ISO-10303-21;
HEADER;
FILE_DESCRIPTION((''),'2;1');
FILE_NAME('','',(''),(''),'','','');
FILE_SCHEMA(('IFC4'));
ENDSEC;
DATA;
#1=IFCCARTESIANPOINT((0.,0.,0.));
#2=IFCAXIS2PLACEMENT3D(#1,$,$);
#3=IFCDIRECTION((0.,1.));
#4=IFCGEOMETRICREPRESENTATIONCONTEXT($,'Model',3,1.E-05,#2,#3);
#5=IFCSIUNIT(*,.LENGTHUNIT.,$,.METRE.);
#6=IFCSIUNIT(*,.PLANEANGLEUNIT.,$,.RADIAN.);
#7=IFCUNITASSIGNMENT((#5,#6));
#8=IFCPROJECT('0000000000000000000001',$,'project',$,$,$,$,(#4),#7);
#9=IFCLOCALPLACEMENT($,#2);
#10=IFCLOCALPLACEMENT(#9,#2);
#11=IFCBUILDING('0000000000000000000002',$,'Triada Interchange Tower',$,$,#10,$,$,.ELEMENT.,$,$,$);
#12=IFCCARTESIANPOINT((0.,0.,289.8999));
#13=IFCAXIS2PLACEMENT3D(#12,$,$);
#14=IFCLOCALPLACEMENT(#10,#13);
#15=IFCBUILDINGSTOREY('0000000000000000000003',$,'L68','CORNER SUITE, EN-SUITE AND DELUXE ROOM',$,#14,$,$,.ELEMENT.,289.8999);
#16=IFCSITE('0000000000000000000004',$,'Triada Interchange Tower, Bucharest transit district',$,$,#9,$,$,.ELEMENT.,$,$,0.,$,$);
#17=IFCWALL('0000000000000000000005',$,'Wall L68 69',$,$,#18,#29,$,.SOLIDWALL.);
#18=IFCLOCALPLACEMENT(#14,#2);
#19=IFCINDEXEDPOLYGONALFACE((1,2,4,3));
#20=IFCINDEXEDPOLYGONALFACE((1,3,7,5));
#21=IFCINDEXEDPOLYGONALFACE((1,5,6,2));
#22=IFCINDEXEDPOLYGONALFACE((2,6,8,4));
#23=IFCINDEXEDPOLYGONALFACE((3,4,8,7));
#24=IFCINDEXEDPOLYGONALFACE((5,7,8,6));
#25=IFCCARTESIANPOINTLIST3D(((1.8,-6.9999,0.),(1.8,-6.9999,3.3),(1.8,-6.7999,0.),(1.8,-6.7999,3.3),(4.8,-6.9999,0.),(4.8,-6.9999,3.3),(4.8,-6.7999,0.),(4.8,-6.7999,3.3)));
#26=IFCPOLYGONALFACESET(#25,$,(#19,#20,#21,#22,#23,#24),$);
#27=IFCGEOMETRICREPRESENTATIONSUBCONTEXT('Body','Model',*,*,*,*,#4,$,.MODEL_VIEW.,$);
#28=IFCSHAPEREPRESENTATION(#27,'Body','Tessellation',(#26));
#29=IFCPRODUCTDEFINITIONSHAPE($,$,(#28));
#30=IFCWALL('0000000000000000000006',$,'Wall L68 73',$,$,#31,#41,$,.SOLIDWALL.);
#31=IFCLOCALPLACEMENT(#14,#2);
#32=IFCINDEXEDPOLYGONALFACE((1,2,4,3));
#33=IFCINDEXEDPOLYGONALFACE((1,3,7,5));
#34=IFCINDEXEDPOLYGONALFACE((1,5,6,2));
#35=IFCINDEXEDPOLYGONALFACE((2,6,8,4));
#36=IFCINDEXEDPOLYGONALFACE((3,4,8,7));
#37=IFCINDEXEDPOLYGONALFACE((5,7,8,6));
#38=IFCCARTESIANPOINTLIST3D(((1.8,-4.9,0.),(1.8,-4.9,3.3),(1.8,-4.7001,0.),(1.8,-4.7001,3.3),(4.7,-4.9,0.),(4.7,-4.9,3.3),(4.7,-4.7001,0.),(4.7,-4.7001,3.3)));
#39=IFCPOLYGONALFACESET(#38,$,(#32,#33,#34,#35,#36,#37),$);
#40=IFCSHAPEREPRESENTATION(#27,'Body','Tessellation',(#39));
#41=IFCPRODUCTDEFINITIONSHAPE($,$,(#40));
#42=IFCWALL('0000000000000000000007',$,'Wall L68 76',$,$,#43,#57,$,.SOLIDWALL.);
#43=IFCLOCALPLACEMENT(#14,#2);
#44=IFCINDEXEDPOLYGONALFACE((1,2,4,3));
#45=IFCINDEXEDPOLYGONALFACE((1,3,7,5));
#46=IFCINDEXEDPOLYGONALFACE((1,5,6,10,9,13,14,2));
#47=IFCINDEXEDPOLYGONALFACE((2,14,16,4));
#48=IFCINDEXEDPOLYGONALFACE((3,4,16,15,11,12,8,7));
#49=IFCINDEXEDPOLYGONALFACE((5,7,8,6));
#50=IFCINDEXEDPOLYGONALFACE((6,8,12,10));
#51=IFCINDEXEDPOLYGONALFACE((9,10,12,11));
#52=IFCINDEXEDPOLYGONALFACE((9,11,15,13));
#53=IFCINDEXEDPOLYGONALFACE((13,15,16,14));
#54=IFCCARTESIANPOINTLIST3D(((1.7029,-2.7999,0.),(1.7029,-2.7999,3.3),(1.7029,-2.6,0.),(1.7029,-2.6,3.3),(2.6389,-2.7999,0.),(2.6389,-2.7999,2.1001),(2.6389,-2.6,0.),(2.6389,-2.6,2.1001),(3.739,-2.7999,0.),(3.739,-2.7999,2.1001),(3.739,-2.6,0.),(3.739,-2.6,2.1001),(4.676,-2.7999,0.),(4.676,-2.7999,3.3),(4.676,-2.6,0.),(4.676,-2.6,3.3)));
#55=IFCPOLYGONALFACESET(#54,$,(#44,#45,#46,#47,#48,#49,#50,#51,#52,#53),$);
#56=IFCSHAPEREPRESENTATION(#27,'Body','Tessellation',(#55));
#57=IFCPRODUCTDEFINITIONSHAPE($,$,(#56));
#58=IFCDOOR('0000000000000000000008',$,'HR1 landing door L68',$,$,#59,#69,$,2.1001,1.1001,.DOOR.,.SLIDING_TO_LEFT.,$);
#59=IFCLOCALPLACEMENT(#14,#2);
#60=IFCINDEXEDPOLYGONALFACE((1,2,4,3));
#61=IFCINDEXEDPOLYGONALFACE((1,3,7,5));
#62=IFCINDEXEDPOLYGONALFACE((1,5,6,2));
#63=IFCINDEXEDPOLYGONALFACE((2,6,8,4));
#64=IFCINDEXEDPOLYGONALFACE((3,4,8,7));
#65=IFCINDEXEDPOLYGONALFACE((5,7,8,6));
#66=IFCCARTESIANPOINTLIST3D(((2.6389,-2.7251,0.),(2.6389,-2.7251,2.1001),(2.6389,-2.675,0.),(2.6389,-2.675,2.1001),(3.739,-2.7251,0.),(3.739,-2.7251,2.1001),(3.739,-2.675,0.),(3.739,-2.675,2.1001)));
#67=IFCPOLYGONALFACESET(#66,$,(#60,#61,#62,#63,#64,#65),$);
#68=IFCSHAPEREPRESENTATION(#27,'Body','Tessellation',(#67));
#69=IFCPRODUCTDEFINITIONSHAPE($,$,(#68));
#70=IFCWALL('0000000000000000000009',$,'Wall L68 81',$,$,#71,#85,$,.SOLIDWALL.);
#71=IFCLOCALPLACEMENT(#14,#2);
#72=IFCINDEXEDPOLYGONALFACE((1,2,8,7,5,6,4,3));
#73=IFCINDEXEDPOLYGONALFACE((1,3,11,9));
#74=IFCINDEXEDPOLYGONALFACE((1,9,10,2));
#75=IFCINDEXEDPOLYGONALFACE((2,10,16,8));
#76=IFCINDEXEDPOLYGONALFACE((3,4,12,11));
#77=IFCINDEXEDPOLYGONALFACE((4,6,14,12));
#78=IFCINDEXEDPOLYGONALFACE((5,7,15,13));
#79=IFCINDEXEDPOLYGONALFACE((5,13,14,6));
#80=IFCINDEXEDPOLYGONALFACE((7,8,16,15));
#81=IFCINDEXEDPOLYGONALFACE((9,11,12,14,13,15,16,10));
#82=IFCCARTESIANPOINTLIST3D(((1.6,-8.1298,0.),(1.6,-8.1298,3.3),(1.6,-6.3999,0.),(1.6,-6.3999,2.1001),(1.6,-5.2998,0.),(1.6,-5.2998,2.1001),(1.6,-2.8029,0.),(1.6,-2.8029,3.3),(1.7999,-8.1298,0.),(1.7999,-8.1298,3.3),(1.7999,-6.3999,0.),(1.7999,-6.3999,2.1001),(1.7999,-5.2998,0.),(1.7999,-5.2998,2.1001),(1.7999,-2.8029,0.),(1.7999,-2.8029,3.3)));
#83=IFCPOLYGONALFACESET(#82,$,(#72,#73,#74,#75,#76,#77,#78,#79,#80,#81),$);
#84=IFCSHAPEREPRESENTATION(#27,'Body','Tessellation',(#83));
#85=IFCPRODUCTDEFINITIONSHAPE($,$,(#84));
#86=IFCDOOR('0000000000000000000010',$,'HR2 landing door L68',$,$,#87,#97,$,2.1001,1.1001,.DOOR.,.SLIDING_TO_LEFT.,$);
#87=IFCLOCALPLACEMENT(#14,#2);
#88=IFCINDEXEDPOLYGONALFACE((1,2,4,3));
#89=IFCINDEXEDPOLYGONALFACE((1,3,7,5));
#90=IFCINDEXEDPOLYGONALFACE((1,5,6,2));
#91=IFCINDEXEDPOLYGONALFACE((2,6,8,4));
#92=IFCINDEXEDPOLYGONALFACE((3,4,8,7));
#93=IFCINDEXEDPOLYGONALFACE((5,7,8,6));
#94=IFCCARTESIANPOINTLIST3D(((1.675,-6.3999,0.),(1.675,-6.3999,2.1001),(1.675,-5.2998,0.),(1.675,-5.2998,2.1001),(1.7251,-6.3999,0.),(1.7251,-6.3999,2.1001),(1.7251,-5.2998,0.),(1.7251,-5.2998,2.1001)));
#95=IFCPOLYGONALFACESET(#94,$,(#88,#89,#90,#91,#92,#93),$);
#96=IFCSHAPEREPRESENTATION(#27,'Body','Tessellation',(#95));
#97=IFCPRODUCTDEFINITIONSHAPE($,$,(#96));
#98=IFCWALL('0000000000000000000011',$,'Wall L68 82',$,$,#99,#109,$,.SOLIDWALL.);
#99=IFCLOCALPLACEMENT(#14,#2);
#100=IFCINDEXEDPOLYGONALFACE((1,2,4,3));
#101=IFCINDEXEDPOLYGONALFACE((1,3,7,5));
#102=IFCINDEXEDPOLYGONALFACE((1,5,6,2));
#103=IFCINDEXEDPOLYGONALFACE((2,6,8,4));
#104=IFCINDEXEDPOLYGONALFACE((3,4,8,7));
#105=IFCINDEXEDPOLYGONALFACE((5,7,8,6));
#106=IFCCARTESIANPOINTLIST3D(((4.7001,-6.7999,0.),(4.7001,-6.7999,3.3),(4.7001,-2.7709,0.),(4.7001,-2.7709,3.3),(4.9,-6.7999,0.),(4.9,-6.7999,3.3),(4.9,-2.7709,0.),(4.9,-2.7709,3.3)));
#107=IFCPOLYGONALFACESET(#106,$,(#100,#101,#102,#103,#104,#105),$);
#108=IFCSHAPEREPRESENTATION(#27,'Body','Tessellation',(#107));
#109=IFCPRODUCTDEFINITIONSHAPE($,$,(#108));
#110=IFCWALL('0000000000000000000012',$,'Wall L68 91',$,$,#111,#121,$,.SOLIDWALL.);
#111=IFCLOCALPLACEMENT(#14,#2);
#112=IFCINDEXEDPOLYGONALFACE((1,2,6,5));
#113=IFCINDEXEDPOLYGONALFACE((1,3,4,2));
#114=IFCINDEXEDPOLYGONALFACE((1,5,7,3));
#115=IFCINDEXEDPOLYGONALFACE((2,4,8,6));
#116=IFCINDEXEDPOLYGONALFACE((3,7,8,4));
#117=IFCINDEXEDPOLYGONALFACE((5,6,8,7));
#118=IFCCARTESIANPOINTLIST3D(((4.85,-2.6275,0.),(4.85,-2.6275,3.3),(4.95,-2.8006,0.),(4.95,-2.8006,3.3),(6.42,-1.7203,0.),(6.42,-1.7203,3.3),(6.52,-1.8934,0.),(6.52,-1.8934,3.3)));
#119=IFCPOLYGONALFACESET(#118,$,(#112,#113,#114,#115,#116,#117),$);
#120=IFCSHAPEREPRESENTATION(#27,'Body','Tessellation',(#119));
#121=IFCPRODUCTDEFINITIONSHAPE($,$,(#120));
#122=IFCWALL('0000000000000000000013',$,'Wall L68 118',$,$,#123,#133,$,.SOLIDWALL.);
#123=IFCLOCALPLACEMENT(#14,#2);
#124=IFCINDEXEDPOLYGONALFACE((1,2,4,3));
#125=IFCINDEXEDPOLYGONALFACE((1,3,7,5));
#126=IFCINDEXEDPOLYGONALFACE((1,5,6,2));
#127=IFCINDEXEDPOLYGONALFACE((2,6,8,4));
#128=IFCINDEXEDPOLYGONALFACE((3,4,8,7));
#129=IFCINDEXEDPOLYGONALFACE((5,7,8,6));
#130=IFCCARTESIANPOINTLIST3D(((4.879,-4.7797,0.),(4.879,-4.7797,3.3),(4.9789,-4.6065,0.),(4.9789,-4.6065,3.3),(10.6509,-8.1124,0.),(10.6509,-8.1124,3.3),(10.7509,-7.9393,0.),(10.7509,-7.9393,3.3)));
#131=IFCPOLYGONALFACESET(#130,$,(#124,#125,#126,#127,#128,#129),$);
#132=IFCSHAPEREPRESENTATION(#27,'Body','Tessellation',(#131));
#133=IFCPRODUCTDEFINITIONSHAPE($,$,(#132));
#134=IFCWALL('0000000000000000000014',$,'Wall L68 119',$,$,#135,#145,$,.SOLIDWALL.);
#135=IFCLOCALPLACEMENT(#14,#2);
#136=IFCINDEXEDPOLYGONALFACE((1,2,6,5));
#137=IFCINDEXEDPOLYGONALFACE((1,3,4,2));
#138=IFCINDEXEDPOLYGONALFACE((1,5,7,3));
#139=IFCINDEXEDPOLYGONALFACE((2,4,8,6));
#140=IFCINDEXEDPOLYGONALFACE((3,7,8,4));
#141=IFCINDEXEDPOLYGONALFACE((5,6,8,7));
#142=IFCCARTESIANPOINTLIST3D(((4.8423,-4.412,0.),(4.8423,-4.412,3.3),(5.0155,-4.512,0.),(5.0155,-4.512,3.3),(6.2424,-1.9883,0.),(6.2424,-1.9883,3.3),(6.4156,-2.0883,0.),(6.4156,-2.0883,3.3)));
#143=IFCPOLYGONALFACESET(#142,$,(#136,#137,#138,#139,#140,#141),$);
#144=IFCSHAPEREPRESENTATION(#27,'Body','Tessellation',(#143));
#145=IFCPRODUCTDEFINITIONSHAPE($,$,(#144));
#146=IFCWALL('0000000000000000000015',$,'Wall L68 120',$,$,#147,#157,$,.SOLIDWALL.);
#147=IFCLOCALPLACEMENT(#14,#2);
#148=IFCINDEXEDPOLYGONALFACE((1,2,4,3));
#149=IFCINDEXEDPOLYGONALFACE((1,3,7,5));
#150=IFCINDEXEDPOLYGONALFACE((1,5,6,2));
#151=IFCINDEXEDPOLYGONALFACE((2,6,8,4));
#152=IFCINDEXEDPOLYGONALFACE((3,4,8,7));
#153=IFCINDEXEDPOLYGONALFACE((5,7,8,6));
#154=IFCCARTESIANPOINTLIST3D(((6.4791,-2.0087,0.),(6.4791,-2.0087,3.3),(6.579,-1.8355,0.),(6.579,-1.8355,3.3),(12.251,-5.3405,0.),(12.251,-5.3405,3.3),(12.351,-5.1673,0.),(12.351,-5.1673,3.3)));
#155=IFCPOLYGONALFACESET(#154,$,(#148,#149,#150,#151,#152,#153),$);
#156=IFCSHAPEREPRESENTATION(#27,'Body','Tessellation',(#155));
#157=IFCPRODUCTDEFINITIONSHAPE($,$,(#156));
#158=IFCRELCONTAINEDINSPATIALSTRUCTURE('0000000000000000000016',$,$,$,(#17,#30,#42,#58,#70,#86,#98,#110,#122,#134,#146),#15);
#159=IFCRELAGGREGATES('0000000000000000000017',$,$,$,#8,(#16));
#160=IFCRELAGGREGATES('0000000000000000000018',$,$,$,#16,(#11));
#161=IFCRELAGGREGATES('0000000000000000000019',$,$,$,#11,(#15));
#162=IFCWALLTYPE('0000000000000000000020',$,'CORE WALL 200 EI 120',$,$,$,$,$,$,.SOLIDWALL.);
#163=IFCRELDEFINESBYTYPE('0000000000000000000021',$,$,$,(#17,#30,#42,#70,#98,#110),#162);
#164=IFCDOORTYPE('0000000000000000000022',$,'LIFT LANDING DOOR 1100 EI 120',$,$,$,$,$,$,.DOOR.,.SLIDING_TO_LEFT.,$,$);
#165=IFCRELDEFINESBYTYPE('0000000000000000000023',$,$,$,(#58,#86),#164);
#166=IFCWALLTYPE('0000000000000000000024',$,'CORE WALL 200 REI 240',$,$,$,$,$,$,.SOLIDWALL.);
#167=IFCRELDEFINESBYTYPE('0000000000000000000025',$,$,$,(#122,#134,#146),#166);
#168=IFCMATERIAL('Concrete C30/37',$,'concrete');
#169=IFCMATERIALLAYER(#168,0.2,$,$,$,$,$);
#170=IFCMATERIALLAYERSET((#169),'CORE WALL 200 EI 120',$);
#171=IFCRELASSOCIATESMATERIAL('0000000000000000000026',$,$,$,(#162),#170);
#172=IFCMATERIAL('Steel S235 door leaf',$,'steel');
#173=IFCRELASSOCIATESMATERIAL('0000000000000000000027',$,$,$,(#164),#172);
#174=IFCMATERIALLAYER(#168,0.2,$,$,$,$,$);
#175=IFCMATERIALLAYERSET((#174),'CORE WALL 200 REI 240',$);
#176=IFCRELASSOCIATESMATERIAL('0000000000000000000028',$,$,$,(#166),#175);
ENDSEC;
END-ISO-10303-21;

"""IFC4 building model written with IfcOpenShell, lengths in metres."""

from ifc_helpers import new_model, si_unit, direction, frame, frame_2d, origin, place, context, subcontext, project, spatial, rectangle, extrude, material, layer, layer_set, type_object, element, fill, save


model = new_model("IFC4")

# Units and contexts
model_context = context("Model", 3, precision=1e-05, world=origin(), true_north=direction((0.0, 1.0)))
body_context = subcontext(model_context, "Body", "Model", "MODEL_VIEW")
ifc_project = project(units=[si_unit("LENGTHUNIT", "METRE"), si_unit("PLANEANGLEUNIT", "RADIAN")], contexts=[model_context])

# Site, building, storey
site_placement = place(None, origin())
site = spatial("IfcSite", under=ifc_project, at=site_placement, Name="Triada Interchange Tower, Bucharest transit district", CompositionType="ELEMENT", RefElevation=0.0)
building_placement = place(site_placement, origin())
building = spatial("IfcBuilding", under=site, at=building_placement, Name="Triada Interchange Tower", CompositionType="ELEMENT")
storey_placement = place(building_placement, frame((0.0, 0.0, 289.8999)))
storey = spatial("IfcBuildingStorey", under=building, at=storey_placement, Name="L68", Description="CORNER SUITE, EN-SUITE AND DELUXE ROOM", CompositionType="ELEMENT", Elevation=289.8999)

# Walls
ifc_material_1 = material(Name="Concrete C30/37", Category="concrete")
ifc_layer_1 = layer(ifc_material_1, 0.2)
ifc_layer_set_1 = layer_set([ifc_layer_1], Name="CORE WALL 200 EI 120")
wall_type_1 = type_object("IfcWallType", Name="CORE WALL 200 EI 120", PredefinedType="SOLIDWALL", material=ifc_layer_set_1)
wall_1_placement = place(storey_placement, frame((1.8, -6.8999, 0.0), z_axis=(0.0, 0.0, 1.0), x_axis=(1.0, 0.0, 0.0)))
element("IfcWall", 1, at=wall_1_placement, inside=storey, type_object=wall_type_1, Name="Wall L68 69", PredefinedType="SOLIDWALL", context=body_context, shape_type="SweptSolid", body=[
    extrude(rectangle(XDim=3.0, YDim=0.2, at=frame_2d((1.5, 0.0))), origin(), (0.0, 0.0, 1.0), 3.3),
])
wall_2_placement = place(storey_placement, frame((1.8, -4.8, 0.0), z_axis=(0.0, 0.0, 1.0), x_axis=(1.0, 0.0, 0.0)))
element("IfcWall", 2, at=wall_2_placement, inside=storey, type_object=wall_type_1, Name="Wall L68 73", PredefinedType="SOLIDWALL", context=body_context, shape_type="SweptSolid", body=[
    extrude(rectangle(XDim=2.8999, YDim=0.2, at=frame_2d((1.45, 0.0))), origin(), (0.0, 0.0, 1.0), 3.3),
])

# Walls, openings, doors
wall_3_placement = place(storey_placement, frame((1.7029, -2.7, 0.0), z_axis=(0.0, 0.0, 1.0), x_axis=(1.0, 0.0, 0.0)))
wall_3 = element("IfcWall", 3, at=wall_3_placement, inside=storey, type_object=wall_type_1, Name="Wall L68 76", PredefinedType="SOLIDWALL", context=body_context, shape_type="SweptSolid", body=[
    extrude(rectangle(XDim=2.9731, YDim=0.2, at=frame_2d((1.4866, 0.0))), origin(), (0.0, 0.0, 1.0), 3.3),
])
opening_1_placement = place(wall_3_placement, frame((0.936, 0.0, 0.0)))
opening_1 = element("IfcOpeningElement", 4, at=opening_1_placement, cuts=wall_3, PredefinedType="OPENING", context=body_context, shape_type="SweptSolid", body=[
    extrude(rectangle(XDim=1.1001, YDim=2.1001, at=frame_2d((0.55, 1.05))), frame((0.0, 0.1099, 0.0), z_axis=(0.0, -1.0, 0.0), x_axis=(1.0, 0.0, 0.0)), (0.0, 0.0, 1.0), 0.22),
])
ifc_material_2 = material(Name="Steel S235 door leaf", Category="steel")
door_type_1 = type_object("IfcDoorType", Name="LIFT LANDING DOOR 1100 EI 120", OperationType="SLIDING_TO_LEFT", PredefinedType="DOOR", material=ifc_material_2)
door_1_placement = place(opening_1_placement, origin())
door_1 = element("IfcDoor", 5, at=door_1_placement, inside=storey, type_object=door_type_1, Name="HR1 landing door L68", OperationType="SLIDING_TO_LEFT", OverallHeight=2.1001, OverallWidth=1.1001, PredefinedType="DOOR", context=body_context, shape_type="SweptSolid", body=[
    extrude(rectangle(XDim=1.1001, YDim=2.1001, at=frame_2d((0.55, 1.05))), frame((0.0, 0.0249, 0.0), z_axis=(0.0, -1.0, 0.0), x_axis=(1.0, 0.0, 0.0)), (0.0, 0.0, 1.0), 0.05),
])
fill(opening_1, door_1)
wall_4_placement = place(storey_placement, frame((1.7, -8.1299, 0.0), z_axis=(0.0, 0.0, 1.0), x_axis=(0.0, 1.0, 0.0)))
wall_4 = element("IfcWall", 6, at=wall_4_placement, inside=storey, type_object=wall_type_1, Name="Wall L68 81", PredefinedType="SOLIDWALL", context=body_context, shape_type="SweptSolid", body=[
    extrude(rectangle(XDim=5.3269, YDim=0.2, at=frame_2d((2.6636, 0.0))), origin(), (0.0, 0.0, 1.0), 3.3),
])
opening_2_placement = place(wall_4_placement, frame((1.73, 0.0, 0.0)))
opening_2 = element("IfcOpeningElement", 7, at=opening_2_placement, cuts=wall_4, PredefinedType="OPENING", context=body_context, shape_type="SweptSolid", body=[
    extrude(rectangle(XDim=1.1001, YDim=2.1001, at=frame_2d((0.55, 1.05))), frame((0.0, 0.1099, 0.0), z_axis=(0.0, -1.0, 0.0), x_axis=(1.0, 0.0, 0.0)), (0.0, 0.0, 1.0), 0.22),
])
door_2_placement = place(opening_2_placement, origin())
door_2 = element("IfcDoor", 8, at=door_2_placement, inside=storey, type_object=door_type_1, Name="HR2 landing door L68", OperationType="SLIDING_TO_LEFT", OverallHeight=2.1001, OverallWidth=1.1001, PredefinedType="DOOR", context=body_context, shape_type="SweptSolid", body=[
    extrude(rectangle(XDim=1.1001, YDim=2.1001, at=frame_2d((0.55, 1.05))), frame((0.0, 0.0249, 0.0), z_axis=(0.0, -1.0, 0.0), x_axis=(1.0, 0.0, 0.0)), (0.0, 0.0, 1.0), 0.05),
])
fill(opening_2, door_2)

# Walls
wall_5_placement = place(storey_placement, frame((4.8, -6.8, 0.0), z_axis=(0.0, 0.0, 1.0), x_axis=(0.0, 1.0, 0.0)))
element("IfcWall", 9, at=wall_5_placement, inside=storey, type_object=wall_type_1, Name="Wall L68 82", PredefinedType="SOLIDWALL", context=body_context, shape_type="SweptSolid", body=[
    extrude(rectangle(XDim=4.0291, YDim=0.2, at=frame_2d((2.0146, 0.0))), origin(), (0.0, 0.0, 1.0), 3.3),
])
wall_6_placement = place(storey_placement, frame((4.8999, -2.7141, 0.0), z_axis=(0.0, 0.0, 1.0), x_axis=(0.865847, 0.500309, 0.0)))
element("IfcWall", 10, at=wall_6_placement, inside=storey, type_object=wall_type_1, Name="Wall L68 91", PredefinedType="SOLIDWALL", context=body_context, shape_type="SweptSolid", body=[
    extrude(rectangle(XDim=1.8132, YDim=0.2, at=frame_2d((0.9067, 0.0))), origin(), (0.0, 0.0, 1.0), 3.3),
])
ifc_layer_2 = layer(ifc_material_1, 0.2)
ifc_layer_set_2 = layer_set([ifc_layer_2], Name="CORE WALL 200 REI 240")
wall_type_2 = type_object("IfcWallType", Name="CORE WALL 200 REI 240", PredefinedType="SOLIDWALL", material=ifc_layer_set_2)
wall_7_placement = place(storey_placement, frame((4.929, -4.6931, 0.0), z_axis=(0.0, 0.0, 1.0), x_axis=(0.866005, -0.500035, 0.0)))
element("IfcWall", 11, at=wall_7_placement, inside=storey, type_object=wall_type_2, Name="Wall L68 118", PredefinedType="SOLIDWALL", context=body_context, shape_type="SweptSolid", body=[
    extrude(rectangle(XDim=6.665, YDim=0.2, at=frame_2d((3.3325, 0.0))), origin(), (0.0, 0.0, 1.0), 3.3),
])
wall_8_placement = place(storey_placement, frame((4.929, -4.4619, 0.0), z_axis=(0.0, 0.0, 1.0), x_axis=(0.500201, 0.86591, 0.0)))
element("IfcWall", 12, at=wall_8_placement, inside=storey, type_object=wall_type_2, Name="Wall L68 119", PredefinedType="SOLIDWALL", context=body_context, shape_type="SweptSolid", body=[
    extrude(rectangle(XDim=2.7991, YDim=0.2, at=frame_2d((1.3994, 0.0))), origin(), (0.0, 0.0, 1.0), 3.3),
])
wall_9_placement = place(storey_placement, frame((6.5291, -1.9221, 0.0), z_axis=(0.0, 0.0, 1.0), x_axis=(0.866068, -0.499925, 0.0)))
element("IfcWall", 13, at=wall_9_placement, inside=storey, type_object=wall_type_2, Name="Wall L68 120", PredefinedType="SOLIDWALL", context=body_context, shape_type="SweptSolid", body=[
    extrude(rectangle(XDim=6.6646, YDim=0.2, at=frame_2d((3.3323, 0.0))), origin(), (0.0, 0.0, 1.0), 3.3),
])

save(model, "model.ifc")
